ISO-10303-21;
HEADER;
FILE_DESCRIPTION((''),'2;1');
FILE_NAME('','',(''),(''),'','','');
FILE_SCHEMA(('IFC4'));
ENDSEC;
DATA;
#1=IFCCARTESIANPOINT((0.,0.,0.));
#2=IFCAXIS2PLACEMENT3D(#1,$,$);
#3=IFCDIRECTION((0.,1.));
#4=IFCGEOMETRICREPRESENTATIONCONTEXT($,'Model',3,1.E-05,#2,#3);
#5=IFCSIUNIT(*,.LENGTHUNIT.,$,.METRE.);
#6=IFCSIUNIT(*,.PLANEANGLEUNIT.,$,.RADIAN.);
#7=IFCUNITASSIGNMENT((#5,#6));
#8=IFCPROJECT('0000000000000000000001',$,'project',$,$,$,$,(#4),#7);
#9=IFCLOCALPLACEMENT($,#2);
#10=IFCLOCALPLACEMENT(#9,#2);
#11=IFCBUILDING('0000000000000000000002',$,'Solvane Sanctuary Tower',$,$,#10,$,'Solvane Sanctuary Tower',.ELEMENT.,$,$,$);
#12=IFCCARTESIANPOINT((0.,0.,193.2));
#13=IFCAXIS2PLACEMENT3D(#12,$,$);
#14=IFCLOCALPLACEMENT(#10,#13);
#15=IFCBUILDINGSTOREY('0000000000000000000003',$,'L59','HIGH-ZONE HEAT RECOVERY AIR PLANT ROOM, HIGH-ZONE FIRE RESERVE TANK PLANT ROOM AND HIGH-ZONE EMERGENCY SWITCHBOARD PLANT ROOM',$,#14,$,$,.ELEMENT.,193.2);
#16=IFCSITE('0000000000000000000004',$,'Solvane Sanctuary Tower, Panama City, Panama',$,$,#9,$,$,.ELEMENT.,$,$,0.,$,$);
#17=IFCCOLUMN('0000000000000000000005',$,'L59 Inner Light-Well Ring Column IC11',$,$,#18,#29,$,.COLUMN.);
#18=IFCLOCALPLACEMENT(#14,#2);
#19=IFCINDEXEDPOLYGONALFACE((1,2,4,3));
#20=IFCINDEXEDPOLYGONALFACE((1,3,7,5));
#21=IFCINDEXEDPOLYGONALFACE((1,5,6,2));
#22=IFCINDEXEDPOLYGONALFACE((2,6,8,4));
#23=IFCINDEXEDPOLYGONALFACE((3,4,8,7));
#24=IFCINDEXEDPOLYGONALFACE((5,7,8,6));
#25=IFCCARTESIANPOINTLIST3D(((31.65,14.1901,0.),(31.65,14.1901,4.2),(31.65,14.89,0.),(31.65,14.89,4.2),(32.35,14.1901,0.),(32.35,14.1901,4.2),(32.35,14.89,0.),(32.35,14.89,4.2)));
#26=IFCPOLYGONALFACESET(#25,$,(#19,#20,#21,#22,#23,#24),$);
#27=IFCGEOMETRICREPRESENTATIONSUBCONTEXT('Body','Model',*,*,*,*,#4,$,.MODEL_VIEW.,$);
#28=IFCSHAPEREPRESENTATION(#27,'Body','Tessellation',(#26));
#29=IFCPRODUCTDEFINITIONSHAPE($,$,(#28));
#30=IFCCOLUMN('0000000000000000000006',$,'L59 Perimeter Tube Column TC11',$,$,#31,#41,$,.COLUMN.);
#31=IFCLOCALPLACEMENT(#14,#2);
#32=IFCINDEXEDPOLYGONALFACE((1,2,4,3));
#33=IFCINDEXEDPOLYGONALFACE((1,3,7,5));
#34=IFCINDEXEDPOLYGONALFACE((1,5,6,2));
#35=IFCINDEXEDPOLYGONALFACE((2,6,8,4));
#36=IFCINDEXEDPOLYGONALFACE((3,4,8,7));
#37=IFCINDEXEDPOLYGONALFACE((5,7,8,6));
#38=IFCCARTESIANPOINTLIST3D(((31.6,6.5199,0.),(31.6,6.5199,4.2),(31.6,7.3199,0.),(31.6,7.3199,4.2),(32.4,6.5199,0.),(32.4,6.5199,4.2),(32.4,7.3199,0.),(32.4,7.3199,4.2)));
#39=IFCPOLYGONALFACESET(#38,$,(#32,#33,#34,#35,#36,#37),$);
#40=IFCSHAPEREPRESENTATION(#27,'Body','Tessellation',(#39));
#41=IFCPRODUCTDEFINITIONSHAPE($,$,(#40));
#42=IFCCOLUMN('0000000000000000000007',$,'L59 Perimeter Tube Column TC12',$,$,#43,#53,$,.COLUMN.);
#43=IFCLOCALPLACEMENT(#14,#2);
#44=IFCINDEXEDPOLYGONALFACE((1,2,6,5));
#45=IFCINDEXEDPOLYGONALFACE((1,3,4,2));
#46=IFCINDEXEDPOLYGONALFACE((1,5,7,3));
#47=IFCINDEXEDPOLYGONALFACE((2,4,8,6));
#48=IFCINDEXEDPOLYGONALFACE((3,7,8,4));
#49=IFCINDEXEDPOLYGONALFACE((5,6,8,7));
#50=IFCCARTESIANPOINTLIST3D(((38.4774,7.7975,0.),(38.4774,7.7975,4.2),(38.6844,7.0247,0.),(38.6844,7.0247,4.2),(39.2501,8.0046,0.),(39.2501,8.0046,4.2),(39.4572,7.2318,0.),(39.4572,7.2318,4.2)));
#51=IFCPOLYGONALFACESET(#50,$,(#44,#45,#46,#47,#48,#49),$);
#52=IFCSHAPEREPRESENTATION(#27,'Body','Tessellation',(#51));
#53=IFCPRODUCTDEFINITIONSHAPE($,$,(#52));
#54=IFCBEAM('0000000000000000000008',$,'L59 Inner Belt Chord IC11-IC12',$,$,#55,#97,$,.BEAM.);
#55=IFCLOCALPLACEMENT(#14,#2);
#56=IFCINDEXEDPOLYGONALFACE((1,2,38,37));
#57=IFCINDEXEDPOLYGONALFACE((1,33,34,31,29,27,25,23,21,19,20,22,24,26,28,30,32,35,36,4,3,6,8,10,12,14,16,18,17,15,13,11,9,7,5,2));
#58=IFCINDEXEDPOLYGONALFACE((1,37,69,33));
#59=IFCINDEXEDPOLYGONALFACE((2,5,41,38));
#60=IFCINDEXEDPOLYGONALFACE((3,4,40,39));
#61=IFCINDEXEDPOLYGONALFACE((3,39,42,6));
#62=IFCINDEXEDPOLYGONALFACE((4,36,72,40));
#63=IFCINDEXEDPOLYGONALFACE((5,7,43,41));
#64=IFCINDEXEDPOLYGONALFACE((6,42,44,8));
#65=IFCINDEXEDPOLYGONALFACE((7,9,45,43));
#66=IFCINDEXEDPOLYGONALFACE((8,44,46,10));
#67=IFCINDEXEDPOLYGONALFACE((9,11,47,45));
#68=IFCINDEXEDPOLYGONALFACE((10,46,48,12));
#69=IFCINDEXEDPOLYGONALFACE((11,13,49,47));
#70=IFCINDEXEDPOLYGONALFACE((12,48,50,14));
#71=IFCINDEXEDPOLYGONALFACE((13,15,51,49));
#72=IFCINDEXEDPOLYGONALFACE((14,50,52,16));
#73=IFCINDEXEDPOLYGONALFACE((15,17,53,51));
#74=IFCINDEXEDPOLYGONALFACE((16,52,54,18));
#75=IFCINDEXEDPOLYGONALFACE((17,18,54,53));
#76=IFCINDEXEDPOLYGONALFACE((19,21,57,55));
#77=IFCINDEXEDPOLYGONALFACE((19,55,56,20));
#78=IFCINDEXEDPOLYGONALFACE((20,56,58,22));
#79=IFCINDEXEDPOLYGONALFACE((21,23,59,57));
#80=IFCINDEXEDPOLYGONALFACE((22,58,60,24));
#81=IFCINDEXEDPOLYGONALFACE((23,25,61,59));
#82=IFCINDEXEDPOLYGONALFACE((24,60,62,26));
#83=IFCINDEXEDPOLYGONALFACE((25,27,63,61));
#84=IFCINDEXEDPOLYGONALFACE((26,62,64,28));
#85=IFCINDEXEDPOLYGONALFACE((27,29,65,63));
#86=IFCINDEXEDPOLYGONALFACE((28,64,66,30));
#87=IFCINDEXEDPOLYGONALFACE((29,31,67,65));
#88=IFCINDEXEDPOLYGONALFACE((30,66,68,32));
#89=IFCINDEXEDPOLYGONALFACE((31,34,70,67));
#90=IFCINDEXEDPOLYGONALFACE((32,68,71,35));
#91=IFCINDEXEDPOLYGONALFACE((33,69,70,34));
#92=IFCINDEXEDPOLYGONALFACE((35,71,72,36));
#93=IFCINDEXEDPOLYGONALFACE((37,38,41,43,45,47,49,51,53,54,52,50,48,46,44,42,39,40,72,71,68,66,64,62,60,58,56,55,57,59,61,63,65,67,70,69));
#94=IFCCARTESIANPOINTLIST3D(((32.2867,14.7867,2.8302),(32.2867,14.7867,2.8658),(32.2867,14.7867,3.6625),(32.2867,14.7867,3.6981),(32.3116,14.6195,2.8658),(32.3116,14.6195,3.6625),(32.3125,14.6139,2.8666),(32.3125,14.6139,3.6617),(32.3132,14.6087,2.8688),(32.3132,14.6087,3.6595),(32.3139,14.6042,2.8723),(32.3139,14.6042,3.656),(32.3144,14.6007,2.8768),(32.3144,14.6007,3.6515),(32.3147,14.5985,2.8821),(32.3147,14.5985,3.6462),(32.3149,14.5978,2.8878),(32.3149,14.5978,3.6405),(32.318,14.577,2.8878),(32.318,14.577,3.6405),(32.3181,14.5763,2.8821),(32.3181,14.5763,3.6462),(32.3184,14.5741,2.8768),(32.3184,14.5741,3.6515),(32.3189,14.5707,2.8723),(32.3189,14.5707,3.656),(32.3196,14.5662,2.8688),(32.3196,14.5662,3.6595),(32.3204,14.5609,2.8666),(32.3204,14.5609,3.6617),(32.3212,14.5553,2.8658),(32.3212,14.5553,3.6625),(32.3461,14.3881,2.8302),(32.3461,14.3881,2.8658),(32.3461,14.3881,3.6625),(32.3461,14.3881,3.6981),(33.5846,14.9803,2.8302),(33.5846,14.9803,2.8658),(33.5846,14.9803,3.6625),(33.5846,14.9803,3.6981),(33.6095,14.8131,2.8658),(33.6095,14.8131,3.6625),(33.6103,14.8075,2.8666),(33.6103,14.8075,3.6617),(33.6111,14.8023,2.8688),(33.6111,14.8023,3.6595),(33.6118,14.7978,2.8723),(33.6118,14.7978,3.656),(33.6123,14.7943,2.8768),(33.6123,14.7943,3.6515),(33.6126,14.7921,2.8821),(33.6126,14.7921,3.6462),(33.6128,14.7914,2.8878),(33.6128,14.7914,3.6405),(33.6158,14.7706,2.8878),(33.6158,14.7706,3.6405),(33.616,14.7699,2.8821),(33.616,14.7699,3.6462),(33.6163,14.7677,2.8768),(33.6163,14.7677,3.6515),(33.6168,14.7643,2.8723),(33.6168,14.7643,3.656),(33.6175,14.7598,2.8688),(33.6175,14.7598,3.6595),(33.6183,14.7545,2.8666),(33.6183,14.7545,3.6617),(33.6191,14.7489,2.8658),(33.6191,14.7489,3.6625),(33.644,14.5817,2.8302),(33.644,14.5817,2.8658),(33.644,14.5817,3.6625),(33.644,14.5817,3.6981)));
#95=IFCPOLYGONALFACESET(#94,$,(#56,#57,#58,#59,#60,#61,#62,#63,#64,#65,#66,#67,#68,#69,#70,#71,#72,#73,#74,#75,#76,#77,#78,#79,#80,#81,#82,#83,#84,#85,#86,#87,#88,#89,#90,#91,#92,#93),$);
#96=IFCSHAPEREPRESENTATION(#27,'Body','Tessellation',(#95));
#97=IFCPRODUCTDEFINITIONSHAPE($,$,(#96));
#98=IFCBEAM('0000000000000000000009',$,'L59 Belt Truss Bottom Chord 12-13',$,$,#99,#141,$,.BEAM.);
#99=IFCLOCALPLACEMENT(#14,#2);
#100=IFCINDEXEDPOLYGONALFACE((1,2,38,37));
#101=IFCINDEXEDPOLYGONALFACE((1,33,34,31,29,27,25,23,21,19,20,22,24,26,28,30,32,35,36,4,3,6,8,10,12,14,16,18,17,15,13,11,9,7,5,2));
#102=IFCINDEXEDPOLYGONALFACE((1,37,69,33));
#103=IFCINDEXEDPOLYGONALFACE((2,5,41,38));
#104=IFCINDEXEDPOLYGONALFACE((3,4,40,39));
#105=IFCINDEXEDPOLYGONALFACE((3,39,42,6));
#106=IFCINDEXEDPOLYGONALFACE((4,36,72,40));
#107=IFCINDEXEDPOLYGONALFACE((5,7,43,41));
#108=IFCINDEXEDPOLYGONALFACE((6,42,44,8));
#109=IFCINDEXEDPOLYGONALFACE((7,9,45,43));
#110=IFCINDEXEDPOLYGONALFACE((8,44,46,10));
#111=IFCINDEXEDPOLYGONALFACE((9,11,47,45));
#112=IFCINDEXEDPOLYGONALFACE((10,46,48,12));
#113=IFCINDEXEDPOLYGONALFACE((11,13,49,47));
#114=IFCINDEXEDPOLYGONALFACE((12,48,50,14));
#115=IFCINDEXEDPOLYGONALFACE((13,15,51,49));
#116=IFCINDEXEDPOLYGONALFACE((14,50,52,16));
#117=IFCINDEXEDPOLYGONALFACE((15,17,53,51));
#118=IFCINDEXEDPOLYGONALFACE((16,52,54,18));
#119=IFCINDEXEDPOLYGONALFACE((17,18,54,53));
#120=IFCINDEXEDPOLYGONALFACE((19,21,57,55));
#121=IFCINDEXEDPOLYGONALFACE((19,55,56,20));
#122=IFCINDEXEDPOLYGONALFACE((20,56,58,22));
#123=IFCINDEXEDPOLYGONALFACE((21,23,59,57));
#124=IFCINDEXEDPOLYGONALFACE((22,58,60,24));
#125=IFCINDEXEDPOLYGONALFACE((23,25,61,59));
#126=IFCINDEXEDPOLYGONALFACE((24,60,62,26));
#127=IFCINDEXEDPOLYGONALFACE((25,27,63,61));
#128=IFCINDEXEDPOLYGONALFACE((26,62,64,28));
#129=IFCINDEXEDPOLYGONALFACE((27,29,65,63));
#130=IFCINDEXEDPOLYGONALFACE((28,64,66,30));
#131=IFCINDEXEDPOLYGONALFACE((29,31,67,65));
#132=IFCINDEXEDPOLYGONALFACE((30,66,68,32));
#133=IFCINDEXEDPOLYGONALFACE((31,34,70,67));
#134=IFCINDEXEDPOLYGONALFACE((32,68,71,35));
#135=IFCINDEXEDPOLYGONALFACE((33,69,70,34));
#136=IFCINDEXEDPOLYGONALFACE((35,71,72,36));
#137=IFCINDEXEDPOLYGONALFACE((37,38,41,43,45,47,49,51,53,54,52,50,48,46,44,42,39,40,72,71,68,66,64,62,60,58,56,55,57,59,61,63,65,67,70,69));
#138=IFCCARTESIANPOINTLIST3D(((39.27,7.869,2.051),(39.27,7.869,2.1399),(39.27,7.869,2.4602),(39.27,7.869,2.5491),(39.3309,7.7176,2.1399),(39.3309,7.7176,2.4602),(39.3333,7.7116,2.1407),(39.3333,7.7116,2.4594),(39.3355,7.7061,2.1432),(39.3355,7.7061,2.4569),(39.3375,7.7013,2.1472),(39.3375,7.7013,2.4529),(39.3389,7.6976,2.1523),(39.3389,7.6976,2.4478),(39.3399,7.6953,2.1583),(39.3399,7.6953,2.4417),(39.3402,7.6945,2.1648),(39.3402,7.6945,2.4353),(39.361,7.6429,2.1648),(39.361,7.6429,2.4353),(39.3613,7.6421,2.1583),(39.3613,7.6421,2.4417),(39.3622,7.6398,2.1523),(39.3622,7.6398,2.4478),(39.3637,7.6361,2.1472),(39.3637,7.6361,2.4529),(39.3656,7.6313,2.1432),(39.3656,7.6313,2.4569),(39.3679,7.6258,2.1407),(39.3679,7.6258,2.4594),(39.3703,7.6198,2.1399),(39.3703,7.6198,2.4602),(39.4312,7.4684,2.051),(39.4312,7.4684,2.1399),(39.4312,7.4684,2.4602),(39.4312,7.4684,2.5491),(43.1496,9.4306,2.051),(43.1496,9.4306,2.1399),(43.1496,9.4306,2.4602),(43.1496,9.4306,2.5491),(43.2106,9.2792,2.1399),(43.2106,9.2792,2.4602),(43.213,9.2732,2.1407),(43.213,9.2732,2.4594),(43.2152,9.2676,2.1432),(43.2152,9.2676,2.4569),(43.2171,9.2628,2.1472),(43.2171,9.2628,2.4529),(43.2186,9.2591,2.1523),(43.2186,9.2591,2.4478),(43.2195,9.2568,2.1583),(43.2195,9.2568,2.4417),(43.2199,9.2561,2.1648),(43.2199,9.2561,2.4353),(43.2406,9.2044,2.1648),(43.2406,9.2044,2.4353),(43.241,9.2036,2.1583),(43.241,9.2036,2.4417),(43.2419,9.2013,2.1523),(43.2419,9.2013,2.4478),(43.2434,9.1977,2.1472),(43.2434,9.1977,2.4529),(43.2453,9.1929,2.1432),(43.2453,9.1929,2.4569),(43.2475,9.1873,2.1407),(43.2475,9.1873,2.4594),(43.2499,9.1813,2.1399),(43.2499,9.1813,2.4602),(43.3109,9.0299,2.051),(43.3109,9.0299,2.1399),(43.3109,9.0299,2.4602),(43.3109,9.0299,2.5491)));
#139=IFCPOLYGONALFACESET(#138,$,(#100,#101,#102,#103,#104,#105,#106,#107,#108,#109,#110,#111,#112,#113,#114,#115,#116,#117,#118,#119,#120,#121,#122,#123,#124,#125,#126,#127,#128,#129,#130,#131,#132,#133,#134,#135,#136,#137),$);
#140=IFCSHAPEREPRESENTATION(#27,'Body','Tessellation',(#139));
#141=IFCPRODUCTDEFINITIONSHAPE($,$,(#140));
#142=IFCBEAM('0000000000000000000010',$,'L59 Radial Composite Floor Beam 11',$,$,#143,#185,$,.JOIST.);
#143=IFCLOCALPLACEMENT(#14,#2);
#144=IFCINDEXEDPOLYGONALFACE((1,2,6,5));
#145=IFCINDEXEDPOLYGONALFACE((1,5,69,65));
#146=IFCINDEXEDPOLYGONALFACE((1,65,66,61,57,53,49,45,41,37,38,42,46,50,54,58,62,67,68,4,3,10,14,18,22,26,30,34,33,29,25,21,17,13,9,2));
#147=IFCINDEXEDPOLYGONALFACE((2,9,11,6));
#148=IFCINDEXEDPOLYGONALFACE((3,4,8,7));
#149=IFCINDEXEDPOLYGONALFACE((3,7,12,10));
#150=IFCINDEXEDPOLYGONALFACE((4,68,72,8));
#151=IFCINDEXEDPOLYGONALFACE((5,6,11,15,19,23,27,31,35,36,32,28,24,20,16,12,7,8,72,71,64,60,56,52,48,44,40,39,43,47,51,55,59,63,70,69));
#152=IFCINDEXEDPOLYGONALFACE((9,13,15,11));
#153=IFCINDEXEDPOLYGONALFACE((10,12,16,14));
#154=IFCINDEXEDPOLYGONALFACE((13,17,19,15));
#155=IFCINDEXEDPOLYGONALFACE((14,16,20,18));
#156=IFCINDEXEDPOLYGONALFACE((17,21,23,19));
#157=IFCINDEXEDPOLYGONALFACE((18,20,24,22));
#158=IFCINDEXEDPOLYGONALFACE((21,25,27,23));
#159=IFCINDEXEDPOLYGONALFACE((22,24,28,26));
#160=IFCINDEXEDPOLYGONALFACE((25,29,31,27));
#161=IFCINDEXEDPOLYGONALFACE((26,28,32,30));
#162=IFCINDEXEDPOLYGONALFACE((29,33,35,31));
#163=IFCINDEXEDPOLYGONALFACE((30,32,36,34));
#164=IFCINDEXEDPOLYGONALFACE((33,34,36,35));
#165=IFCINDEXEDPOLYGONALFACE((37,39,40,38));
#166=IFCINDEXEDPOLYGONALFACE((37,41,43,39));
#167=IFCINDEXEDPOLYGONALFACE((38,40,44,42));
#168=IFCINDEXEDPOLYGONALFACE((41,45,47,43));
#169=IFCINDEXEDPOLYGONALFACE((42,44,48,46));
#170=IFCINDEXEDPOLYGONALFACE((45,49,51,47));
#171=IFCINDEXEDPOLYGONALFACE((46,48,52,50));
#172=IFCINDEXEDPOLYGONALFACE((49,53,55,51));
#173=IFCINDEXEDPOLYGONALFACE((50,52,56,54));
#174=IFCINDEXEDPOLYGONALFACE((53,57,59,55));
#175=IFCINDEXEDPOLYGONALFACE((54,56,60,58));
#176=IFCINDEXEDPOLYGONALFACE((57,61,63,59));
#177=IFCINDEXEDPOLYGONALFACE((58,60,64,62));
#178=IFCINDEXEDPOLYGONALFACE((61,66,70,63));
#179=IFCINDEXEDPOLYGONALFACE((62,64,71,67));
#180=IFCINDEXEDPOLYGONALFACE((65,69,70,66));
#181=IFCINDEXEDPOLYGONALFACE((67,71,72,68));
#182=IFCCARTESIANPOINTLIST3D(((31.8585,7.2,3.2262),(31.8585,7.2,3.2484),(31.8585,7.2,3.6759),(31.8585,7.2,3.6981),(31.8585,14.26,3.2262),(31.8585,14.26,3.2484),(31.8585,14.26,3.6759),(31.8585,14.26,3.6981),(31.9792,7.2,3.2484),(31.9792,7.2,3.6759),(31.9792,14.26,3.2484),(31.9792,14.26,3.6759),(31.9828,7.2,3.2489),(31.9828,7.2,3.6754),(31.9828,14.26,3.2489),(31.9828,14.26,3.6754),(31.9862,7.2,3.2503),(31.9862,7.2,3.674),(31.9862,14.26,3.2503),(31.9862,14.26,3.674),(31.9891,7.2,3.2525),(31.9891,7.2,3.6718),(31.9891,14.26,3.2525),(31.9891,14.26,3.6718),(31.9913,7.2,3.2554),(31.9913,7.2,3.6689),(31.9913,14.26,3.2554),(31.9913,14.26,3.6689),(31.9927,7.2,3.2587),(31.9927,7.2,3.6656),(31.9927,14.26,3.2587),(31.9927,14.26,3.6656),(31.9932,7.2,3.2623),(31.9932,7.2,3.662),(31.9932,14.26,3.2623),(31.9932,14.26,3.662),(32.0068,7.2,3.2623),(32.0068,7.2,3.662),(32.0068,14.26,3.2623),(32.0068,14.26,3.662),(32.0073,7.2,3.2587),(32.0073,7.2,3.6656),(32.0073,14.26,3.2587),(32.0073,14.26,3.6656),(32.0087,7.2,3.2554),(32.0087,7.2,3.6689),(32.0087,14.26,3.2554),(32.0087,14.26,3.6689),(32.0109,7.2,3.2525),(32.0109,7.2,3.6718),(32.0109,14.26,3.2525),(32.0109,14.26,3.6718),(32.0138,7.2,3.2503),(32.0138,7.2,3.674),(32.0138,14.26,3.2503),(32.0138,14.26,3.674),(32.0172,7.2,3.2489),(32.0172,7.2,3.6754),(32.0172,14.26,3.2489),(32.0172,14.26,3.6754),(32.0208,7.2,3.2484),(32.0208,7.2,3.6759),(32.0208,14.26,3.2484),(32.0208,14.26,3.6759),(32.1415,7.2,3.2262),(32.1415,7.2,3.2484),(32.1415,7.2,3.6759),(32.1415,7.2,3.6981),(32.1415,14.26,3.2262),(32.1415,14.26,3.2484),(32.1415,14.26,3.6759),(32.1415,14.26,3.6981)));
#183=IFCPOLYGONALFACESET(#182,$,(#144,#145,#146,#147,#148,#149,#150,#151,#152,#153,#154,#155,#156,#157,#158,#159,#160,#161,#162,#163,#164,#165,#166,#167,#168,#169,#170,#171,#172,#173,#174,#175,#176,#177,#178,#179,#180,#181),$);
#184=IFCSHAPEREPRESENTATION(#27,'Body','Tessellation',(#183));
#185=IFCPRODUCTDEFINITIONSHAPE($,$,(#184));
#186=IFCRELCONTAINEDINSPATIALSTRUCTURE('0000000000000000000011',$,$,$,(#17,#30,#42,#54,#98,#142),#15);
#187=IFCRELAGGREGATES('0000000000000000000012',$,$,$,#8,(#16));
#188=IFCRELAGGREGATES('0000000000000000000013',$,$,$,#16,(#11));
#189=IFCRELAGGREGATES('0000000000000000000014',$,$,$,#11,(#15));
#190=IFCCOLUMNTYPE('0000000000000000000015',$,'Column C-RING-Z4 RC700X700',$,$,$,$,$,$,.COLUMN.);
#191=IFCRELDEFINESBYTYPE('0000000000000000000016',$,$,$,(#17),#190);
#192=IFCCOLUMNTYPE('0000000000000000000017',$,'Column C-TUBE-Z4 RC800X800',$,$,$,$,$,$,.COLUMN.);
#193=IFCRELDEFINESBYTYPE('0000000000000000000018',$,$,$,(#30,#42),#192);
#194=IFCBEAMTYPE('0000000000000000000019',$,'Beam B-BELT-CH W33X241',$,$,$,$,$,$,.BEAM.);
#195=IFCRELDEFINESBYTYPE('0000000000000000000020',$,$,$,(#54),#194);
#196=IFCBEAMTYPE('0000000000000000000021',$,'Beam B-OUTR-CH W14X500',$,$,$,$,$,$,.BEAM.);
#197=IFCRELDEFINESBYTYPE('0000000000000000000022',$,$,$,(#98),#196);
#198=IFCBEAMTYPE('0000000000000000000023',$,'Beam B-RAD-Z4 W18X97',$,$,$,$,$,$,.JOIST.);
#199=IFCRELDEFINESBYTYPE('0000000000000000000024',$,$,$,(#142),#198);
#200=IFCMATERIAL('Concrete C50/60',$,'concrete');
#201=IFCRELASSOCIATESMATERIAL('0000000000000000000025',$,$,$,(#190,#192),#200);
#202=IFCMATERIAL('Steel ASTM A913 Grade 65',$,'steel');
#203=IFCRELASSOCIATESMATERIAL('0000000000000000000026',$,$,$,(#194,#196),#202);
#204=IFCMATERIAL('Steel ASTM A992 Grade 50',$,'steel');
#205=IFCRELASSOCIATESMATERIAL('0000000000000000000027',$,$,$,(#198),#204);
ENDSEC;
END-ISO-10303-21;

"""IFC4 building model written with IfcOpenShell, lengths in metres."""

from ifc_helpers import new_model, si_unit, direction, frame, origin, origin_2d, place, context, subcontext, project, spatial, rectangle, i_section, extrude, material, material_profile, profile_set, type_object, element, save


model = new_model("IFC4")

# Units and contexts
model_context = context("Model", 3, precision=1e-05, world=origin(), true_north=direction((0.0, 1.0)))
body_context = subcontext(model_context, "Body", "Model", "MODEL_VIEW")
ifc_project = project(units=[si_unit("LENGTHUNIT", "METRE"), si_unit("PLANEANGLEUNIT", "RADIAN")], contexts=[model_context])

# Site, building, storey
site_placement = place(None, origin())
site = spatial("IfcSite", under=ifc_project, at=site_placement, Name="Solvane Sanctuary Tower, Panama City, Panama", CompositionType="ELEMENT", RefElevation=0.0)
building_placement = place(site_placement, origin())
building = spatial("IfcBuilding", under=site, at=building_placement, Name="Solvane Sanctuary Tower", LongName="Solvane Sanctuary Tower", CompositionType="ELEMENT")
storey_placement = place(building_placement, frame((0.0, 0.0, 193.2)))
storey = spatial("IfcBuildingStorey", under=building, at=storey_placement, Name="L59", Description="HIGH-ZONE HEAT RECOVERY AIR PLANT ROOM, HIGH-ZONE FIRE RESERVE TANK PLANT ROOM AND HIGH-ZONE EMERGENCY SWITCHBOARD PLANT ROOM", CompositionType="ELEMENT", Elevation=193.2)

# Columns
ifc_material_1 = material(Name="Concrete C50/60", Category="concrete")
ifc_material_profile_1 = material_profile(ifc_material_1, rectangle(XDim=0.7, YDim=0.7, at=origin_2d()), Name="RC700X700")
ifc_profile_set_1 = profile_set([ifc_material_profile_1], Name="Concrete C50/60")
column_type_1 = type_object("IfcColumnType", Name="Column C-RING-Z4 RC700X700", PredefinedType="COLUMN", material=ifc_profile_set_1)
column_placement = place(storey_placement, frame((32.0, 14.54, 0.0), z_axis=(0.0, 0.0, 1.0), x_axis=(1.0, 0.0, 0.0)))
element("IfcColumn", 1, at=column_placement, inside=storey, type_object=column_type_1, Name="L59 Inner Light-Well Ring Column IC11", PredefinedType="COLUMN", context=body_context, shape_type="SweptSolid", body=[
    extrude(rectangle(XDim=0.7, YDim=0.7, at=origin_2d()), origin(), (0.0, 0.0, 1.0), 4.2),
])
ifc_material_profile_2 = material_profile(ifc_material_1, rectangle(XDim=0.8, YDim=0.8, at=origin_2d()), Name="RC800X800")
ifc_profile_set_2 = profile_set([ifc_material_profile_2], Name="Concrete C50/60")
column_type_2 = type_object("IfcColumnType", Name="Column C-TUBE-Z4 RC800X800", PredefinedType="COLUMN", material=ifc_profile_set_2)
for number, where, z_axis, x_axis, name in (
    (2, (32.0, 6.9199, 0.0), (0.0, 0.0, 1.0), (0.0, -1.0, 0.0), "L59 Perimeter Tube Column TC11"),
    (3, (38.9673, 7.5146, 0.0), (0.0, 0.0, 1.0), (0.258819, -0.965926, 0.0), "L59 Perimeter Tube Column TC12"),
):
    element("IfcColumn", number, at=place(storey_placement, frame(where, z_axis=z_axis, x_axis=x_axis)), inside=storey, type_object=column_type_2, Name=name, PredefinedType="COLUMN", context=body_context, shape_type="SweptSolid", body=[
        extrude(rectangle(XDim=0.8, YDim=0.8, at=origin_2d()), origin(), (0.0, 0.0, 1.0), 4.2),
    ])

# Beams
ifc_material_2 = material(Name="Steel ASTM A913 Grade 65", Category="steel")
ifc_material_profile_3 = material_profile(ifc_material_2, i_section(OverallWidth=0.4031, OverallDepth=0.8679, WebThickness=0.021, FlangeThickness=0.0356, FilletRadius=0.022, at=origin_2d()), Name="W33X241")
ifc_profile_set_3 = profile_set([ifc_material_profile_3], Name="Steel ASTM A913 Grade 65")
beam_type_1 = type_object("IfcBeamType", Name="Beam B-BELT-CH W33X241", PredefinedType="BEAM", material=ifc_profile_set_3)
beam_1_placement = place(storey_placement, frame((32.3164, 14.5874, 3.2642), z_axis=(0.989056, 0.14754, 0.0), x_axis=(-0.14754, 0.989056, 0.0)))
element("IfcBeam", 4, at=beam_1_placement, inside=storey, type_object=beam_type_1, Name="L59 Inner Belt Chord IC11-IC12", PredefinedType="BEAM", context=body_context, shape_type="SweptSolid", body=[
    extrude(i_section(OverallWidth=0.4031, OverallDepth=0.8679, WebThickness=0.021, FlangeThickness=0.0356, FilletRadius=0.022, at=origin_2d()), origin(), (0.0, 0.0, 1.0), 1.3123),
])
ifc_material_profile_4 = material_profile(ifc_material_2, i_section(OverallWidth=0.4319, OverallDepth=0.498, WebThickness=0.0557, FlangeThickness=0.0889, FilletRadius=0.0249, at=origin_2d()), Name="W14X500")
ifc_profile_set_4 = profile_set([ifc_material_profile_4], Name="Steel ASTM A913 Grade 65")
beam_type_2 = type_object("IfcBeamType", Name="Beam B-OUTR-CH W14X500", PredefinedType="BEAM", material=ifc_profile_set_4)
beam_2_placement = place(storey_placement, frame((39.3506, 7.6687, 2.3), z_axis=(0.927677, 0.373383, 0.0), x_axis=(-0.373383, 0.927677, 0.0)))
element("IfcBeam", 5, at=beam_2_placement, inside=storey, type_object=beam_type_2, Name="L59 Belt Truss Bottom Chord 12-13", PredefinedType="BEAM", context=body_context, shape_type="SweptSolid", body=[
    extrude(i_section(OverallWidth=0.4319, OverallDepth=0.498, WebThickness=0.0557, FlangeThickness=0.0889, FilletRadius=0.0249, at=origin_2d()), origin(), (0.0, 0.0, 1.0), 4.1821),
])
ifc_material_3 = material(Name="Steel ASTM A992 Grade 50", Category="steel")
ifc_material_profile_5 = material_profile(ifc_material_3, i_section(OverallWidth=0.283, OverallDepth=0.4719, WebThickness=0.0137, FlangeThickness=0.0222, FilletRadius=0.0139, at=origin_2d()), Name="W18X97")
ifc_profile_set_5 = profile_set([ifc_material_profile_5], Name="Steel ASTM A992 Grade 50")
beam_type_3 = type_object("IfcBeamType", Name="Beam B-RAD-Z4 W18X97", PredefinedType="JOIST", material=ifc_profile_set_5)
beam_3_placement = place(storey_placement, frame((32.0, 14.26, 3.4622), z_axis=(0.0, -1.0, 0.0), x_axis=(1.0, 0.0, 0.0)))
element("IfcBeam", 6, at=beam_3_placement, inside=storey, type_object=beam_type_3, Name="L59 Radial Composite Floor Beam 11", PredefinedType="JOIST", context=body_context, shape_type="SweptSolid", body=[
    extrude(i_section(OverallWidth=0.283, OverallDepth=0.4719, WebThickness=0.0137, FlangeThickness=0.0222, FilletRadius=0.0139, at=origin_2d()), origin(), (0.0, 0.0, 1.0), 7.0601),
])

save(model, "model.ifc")
